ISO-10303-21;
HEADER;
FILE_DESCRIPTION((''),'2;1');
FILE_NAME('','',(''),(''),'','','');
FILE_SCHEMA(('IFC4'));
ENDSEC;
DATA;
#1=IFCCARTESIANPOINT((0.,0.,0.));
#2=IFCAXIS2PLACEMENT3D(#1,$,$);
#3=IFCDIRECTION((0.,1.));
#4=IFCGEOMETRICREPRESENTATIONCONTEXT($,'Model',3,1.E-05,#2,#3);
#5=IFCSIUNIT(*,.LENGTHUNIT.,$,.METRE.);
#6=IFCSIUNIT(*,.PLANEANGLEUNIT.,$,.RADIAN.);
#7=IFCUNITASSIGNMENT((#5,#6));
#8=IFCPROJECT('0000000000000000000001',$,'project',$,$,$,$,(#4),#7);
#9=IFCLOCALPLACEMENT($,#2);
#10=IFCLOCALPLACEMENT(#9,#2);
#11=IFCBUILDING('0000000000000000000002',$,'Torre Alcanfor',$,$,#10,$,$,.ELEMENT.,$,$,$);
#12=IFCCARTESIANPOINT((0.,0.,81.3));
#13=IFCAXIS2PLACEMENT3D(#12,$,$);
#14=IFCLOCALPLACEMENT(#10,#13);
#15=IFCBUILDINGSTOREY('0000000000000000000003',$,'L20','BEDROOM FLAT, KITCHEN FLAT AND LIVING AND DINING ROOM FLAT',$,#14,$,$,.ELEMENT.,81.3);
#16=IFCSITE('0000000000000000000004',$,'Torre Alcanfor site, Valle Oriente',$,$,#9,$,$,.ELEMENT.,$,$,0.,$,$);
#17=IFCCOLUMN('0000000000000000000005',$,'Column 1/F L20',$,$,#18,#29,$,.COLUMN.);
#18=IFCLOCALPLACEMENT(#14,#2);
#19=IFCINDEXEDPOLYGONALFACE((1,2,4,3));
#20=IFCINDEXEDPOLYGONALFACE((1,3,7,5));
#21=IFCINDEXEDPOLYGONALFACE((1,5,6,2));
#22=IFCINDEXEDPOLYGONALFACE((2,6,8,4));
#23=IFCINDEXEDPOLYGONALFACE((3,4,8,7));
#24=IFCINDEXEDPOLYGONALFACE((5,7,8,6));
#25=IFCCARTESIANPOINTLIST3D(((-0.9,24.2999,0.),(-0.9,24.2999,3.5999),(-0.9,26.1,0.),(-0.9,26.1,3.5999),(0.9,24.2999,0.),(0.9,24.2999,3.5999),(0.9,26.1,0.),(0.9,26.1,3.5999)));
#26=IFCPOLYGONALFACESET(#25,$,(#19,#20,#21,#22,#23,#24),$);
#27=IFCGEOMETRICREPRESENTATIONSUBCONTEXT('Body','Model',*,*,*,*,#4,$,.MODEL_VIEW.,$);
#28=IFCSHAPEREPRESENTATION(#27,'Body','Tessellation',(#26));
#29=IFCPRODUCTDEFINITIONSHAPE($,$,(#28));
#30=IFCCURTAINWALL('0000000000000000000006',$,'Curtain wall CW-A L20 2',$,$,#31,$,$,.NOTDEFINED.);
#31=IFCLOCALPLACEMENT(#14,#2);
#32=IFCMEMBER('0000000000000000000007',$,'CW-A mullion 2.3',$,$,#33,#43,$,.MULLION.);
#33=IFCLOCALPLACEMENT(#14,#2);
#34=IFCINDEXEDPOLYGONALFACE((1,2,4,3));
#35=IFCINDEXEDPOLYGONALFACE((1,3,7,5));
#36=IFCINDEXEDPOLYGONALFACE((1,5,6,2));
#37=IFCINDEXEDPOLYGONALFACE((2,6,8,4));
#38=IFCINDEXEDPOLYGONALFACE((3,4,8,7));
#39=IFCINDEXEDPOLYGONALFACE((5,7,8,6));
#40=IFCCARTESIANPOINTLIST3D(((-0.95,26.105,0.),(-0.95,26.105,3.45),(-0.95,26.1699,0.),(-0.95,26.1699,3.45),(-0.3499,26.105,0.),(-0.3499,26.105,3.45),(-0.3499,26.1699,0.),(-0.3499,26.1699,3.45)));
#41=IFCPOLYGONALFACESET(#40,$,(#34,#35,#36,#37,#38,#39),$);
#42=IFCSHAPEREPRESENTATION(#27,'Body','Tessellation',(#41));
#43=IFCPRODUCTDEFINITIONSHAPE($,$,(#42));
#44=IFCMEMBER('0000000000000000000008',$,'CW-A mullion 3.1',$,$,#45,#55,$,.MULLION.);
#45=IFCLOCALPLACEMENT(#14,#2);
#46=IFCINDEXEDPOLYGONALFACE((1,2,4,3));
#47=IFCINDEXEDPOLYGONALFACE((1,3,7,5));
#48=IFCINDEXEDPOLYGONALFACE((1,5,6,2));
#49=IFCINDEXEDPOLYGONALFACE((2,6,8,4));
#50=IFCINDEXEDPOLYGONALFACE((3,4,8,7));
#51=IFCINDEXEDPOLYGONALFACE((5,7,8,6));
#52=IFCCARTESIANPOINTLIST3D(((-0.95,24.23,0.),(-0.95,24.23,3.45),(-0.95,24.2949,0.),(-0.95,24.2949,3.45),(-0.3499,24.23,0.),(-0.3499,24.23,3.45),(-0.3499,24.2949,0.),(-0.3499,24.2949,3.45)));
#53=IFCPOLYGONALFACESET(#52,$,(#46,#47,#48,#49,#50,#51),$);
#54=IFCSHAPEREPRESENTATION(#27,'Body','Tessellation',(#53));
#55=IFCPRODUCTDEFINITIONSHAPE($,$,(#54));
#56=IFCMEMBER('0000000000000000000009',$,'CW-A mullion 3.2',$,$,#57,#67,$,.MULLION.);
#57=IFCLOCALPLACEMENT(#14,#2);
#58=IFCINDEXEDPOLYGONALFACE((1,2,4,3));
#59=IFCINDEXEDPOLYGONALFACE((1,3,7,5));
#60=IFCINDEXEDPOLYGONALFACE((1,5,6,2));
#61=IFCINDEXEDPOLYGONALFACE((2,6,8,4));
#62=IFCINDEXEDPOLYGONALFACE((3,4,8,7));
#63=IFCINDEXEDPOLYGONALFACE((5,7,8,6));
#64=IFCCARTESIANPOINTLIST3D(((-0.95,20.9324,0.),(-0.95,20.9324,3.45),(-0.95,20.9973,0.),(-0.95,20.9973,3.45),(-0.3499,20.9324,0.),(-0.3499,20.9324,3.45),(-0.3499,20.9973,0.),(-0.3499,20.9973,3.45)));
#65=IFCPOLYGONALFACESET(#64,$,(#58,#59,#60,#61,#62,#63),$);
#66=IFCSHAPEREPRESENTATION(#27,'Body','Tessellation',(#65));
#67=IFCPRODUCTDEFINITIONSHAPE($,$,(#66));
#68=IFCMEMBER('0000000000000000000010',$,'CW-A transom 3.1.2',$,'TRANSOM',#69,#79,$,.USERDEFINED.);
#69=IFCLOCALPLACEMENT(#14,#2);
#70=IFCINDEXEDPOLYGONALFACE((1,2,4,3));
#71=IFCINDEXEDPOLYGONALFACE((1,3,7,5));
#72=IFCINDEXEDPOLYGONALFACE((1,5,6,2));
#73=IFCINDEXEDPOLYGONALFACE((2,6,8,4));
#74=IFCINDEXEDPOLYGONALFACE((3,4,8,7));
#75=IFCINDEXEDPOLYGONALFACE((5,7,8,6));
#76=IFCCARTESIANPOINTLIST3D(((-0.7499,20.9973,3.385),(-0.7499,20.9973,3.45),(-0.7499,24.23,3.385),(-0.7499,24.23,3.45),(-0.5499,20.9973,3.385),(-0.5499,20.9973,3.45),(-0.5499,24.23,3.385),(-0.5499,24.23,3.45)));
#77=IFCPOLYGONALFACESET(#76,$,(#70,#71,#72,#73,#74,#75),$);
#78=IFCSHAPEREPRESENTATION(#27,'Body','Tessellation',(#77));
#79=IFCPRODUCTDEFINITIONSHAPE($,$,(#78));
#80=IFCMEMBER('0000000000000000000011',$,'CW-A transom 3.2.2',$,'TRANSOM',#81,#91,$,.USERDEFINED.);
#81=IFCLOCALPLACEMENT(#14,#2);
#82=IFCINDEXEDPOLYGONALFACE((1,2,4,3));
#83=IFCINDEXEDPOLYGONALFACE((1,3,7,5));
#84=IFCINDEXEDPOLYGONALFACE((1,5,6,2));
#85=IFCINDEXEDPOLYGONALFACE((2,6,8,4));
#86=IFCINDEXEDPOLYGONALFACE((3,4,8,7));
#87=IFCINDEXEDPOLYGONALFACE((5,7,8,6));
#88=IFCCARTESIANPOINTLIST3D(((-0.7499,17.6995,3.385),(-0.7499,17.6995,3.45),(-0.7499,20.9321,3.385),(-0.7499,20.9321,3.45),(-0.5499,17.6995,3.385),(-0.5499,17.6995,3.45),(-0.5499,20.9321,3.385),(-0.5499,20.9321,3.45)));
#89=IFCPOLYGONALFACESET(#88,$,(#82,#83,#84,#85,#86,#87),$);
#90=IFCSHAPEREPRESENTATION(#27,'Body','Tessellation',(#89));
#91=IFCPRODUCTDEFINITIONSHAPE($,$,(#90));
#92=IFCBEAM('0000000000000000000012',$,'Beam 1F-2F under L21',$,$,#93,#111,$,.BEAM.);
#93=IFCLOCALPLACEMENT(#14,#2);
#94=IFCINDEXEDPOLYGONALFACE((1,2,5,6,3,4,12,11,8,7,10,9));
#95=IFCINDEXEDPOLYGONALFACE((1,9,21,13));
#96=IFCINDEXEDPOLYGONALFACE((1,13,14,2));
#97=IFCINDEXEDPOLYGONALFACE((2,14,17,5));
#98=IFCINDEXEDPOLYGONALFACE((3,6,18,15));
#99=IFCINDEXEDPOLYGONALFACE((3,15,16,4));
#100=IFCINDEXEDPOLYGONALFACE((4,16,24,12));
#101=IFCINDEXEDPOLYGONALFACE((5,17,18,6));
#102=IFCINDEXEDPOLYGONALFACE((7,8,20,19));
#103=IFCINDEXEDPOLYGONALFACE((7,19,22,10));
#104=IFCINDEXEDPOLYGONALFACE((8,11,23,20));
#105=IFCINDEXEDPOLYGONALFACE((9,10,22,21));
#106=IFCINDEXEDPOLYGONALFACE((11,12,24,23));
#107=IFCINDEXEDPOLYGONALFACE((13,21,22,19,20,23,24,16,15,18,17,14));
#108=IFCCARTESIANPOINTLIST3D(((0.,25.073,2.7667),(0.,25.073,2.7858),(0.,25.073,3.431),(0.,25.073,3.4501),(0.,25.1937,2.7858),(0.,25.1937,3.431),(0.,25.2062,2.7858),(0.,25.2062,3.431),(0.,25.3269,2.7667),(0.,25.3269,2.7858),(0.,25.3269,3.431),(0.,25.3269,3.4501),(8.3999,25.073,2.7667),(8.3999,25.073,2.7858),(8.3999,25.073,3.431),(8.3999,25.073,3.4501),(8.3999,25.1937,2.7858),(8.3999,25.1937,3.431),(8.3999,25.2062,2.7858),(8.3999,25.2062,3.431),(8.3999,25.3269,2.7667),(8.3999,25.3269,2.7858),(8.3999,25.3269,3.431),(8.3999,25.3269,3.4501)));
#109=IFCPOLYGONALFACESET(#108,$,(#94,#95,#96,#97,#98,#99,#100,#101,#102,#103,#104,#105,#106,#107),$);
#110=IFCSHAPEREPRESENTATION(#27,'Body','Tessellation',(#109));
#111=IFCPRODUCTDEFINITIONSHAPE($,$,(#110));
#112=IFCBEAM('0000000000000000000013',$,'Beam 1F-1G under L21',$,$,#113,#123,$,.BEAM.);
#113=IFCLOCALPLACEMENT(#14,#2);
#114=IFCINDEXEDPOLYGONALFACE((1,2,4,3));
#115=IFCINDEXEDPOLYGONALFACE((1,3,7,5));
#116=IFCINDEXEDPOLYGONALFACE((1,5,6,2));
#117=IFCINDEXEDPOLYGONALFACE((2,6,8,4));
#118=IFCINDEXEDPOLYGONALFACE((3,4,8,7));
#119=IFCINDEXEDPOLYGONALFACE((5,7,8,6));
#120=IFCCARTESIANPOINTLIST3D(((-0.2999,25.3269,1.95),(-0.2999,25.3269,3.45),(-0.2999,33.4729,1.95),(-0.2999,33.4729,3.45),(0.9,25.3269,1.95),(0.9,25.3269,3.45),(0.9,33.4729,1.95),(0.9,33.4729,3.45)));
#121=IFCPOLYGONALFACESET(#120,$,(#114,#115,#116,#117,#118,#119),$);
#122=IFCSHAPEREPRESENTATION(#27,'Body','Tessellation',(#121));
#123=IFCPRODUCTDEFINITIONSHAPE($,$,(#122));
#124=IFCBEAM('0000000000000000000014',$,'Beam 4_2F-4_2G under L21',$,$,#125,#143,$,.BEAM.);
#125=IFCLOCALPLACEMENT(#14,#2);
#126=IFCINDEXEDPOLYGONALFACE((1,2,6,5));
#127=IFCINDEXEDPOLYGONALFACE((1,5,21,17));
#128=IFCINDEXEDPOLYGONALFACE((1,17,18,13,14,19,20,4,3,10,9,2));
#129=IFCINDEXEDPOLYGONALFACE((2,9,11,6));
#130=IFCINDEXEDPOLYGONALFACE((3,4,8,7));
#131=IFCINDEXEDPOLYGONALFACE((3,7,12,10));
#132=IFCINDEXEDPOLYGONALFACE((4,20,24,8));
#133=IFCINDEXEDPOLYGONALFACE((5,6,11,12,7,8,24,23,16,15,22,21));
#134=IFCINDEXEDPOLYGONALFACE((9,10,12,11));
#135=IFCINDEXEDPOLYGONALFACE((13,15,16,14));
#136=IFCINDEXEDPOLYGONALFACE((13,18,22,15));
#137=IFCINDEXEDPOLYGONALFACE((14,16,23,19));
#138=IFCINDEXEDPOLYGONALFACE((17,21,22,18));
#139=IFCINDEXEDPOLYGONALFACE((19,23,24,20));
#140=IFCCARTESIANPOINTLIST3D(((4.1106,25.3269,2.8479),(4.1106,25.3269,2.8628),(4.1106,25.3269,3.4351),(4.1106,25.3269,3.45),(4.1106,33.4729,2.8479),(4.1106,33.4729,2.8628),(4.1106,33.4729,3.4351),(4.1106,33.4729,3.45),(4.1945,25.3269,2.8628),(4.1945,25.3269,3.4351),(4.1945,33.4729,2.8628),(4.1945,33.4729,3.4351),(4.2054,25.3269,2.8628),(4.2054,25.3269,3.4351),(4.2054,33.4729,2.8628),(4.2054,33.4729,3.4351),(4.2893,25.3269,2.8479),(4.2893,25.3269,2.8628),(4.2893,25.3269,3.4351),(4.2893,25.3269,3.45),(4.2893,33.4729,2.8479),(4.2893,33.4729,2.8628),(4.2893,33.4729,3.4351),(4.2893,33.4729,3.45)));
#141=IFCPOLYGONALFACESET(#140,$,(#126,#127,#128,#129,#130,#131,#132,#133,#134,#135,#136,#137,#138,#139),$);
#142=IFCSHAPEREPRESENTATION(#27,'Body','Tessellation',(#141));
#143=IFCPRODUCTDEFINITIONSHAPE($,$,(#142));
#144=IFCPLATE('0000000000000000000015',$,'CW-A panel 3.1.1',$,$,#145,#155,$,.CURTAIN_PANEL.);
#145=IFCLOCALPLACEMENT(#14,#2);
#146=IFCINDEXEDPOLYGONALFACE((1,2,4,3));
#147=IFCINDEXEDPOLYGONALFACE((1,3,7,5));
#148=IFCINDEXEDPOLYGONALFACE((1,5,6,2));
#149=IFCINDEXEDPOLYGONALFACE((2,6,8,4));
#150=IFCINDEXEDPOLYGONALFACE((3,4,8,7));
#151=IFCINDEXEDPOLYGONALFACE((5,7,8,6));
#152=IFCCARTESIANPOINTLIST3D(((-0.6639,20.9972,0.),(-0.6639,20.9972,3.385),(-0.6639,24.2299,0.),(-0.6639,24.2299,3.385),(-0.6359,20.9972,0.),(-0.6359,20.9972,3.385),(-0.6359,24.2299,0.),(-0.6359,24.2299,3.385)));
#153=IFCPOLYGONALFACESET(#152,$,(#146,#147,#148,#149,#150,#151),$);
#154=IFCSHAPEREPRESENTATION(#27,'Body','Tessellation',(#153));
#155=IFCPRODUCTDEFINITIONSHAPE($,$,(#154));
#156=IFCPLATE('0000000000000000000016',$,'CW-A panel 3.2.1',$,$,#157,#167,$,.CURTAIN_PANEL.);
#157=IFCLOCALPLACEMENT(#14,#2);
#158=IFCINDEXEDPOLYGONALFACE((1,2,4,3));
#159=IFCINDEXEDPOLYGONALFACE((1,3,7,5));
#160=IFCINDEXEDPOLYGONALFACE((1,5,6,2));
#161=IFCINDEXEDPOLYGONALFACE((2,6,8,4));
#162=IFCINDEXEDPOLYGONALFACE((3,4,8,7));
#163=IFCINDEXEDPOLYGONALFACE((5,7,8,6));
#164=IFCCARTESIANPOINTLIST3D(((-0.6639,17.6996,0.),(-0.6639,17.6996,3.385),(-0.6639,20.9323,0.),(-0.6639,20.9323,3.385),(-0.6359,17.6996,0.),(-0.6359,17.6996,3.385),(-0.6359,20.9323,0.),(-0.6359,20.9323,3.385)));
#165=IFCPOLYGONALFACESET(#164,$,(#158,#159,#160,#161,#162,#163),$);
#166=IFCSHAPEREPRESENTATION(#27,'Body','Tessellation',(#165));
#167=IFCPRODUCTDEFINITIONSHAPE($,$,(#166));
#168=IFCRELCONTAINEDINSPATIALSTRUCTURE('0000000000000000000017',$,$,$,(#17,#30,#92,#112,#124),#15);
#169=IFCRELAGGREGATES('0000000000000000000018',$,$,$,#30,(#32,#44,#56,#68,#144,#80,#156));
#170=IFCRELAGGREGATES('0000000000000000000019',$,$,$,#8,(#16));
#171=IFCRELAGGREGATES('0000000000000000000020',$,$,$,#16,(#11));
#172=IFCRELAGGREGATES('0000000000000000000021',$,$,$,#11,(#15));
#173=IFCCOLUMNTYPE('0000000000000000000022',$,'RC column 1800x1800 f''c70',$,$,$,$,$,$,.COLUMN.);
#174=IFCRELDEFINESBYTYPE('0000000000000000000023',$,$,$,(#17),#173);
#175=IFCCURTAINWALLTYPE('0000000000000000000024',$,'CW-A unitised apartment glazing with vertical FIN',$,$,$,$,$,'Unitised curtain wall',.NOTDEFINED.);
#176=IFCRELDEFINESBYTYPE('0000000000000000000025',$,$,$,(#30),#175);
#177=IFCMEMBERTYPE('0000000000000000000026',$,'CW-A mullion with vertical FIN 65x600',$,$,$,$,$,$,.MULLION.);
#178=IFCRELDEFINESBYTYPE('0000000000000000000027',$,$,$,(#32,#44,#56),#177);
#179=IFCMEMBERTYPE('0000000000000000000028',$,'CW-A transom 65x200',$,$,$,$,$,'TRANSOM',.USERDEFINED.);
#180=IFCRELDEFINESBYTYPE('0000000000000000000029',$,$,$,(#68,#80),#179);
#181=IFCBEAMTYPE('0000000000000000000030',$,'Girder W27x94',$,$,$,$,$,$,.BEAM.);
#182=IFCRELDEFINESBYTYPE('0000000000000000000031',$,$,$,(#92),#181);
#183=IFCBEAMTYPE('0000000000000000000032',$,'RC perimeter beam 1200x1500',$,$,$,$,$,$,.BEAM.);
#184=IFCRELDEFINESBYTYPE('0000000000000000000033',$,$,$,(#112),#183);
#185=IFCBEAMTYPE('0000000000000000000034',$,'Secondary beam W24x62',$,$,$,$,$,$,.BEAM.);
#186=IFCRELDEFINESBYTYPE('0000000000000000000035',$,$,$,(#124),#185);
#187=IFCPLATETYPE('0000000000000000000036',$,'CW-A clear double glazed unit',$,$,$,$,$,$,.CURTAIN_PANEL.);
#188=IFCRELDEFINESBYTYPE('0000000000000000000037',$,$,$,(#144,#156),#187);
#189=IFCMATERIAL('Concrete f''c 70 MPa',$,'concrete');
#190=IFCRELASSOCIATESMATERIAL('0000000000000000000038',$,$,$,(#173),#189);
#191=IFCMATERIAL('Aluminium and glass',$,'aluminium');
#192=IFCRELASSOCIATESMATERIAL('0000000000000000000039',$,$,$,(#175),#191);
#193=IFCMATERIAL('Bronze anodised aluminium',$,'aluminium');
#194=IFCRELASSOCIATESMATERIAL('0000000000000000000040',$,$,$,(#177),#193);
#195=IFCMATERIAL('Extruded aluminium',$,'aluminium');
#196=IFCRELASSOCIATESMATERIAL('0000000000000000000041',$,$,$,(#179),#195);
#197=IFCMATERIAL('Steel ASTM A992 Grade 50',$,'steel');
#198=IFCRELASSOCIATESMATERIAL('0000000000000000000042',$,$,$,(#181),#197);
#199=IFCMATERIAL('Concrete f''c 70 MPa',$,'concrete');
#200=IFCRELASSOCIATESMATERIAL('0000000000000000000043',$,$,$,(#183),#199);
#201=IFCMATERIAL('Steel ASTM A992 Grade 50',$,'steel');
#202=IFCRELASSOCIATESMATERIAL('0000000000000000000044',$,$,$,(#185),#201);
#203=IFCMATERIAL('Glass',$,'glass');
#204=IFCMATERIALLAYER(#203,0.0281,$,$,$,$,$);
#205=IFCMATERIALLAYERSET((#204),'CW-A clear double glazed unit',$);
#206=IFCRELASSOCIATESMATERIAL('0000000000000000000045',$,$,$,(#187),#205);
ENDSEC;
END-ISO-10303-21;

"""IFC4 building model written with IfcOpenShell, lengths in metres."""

from ifc_helpers import new_model, si_unit, direction, frame, origin, origin_2d, place, context, subcontext, project, spatial, rectangle, i_section, extrude, material, layer, layer_set, material_profile, profile_set, type_object, element, aggregate, save


model = new_model("IFC4")

# Units and contexts
model_context = context("Model", 3, precision=1e-05, world=origin(), true_north=direction((0.0, 1.0)))
body_context = subcontext(model_context, "Body", "Model", "MODEL_VIEW")
ifc_project = project(units=[si_unit("LENGTHUNIT", "METRE"), si_unit("PLANEANGLEUNIT", "RADIAN")], contexts=[model_context])

# Site, building, storey
site_placement = place(None, origin())
site = spatial("IfcSite", under=ifc_project, at=site_placement, Name="Torre Alcanfor site, Valle Oriente", CompositionType="ELEMENT", RefElevation=0.0)
building_placement = place(site_placement, origin())
building = spatial("IfcBuilding", under=site, at=building_placement, Name="Torre Alcanfor", CompositionType="ELEMENT")
storey_placement = place(building_placement, frame((0.0, 0.0, 81.3)))
storey = spatial("IfcBuildingStorey", under=building, at=storey_placement, Name="L20", Description="BEDROOM FLAT, KITCHEN FLAT AND LIVING AND DINING ROOM FLAT", CompositionType="ELEMENT", Elevation=81.3)

# Column
ifc_material_1 = material(Name="Concrete f'c 70 MPa", Category="concrete")
ifc_material_profile_1 = material_profile(ifc_material_1, rectangle(XDim=1.8, YDim=1.8, at=origin_2d()), Name="1800x1800")
ifc_profile_set_1 = profile_set([ifc_material_profile_1], Name="Concrete f'c 70 MPa")
column_type = type_object("IfcColumnType", Name="RC column 1800x1800 f'c70", PredefinedType="COLUMN", material=ifc_profile_set_1)
column_placement = place(storey_placement, frame((0.0, 25.2, 0.0), z_axis=(0.0, 0.0, 1.0), x_axis=(1.0, 0.0, 0.0)))
element("IfcColumn", 1, at=column_placement, inside=storey, type_object=column_type, Name="Column 1/F L20", PredefinedType="COLUMN", context=body_context, shape_type="SweptSolid", body=[
    extrude(rectangle(XDim=1.8, YDim=1.8, at=origin_2d()), origin(), (0.0, 0.0, 1.0), 3.5999),
])

# Curtain wall, members
ifc_material_2 = material(Name="Aluminium and glass", Category="aluminium")
curtain_wall_type = type_object("IfcCurtainWallType", Name="CW-A unitised apartment glazing with vertical FIN", ElementType="Unitised curtain wall", PredefinedType="NOTDEFINED", material=ifc_material_2)
curtain_wall_placement = place(storey_placement, origin())
curtain_wall = element("IfcCurtainWall", 2, at=curtain_wall_placement, inside=storey, type_object=curtain_wall_type, Name="Curtain wall CW-A L20 2", PredefinedType="NOTDEFINED")
ifc_material_3 = material(Name="Bronze anodised aluminium", Category="aluminium")
ifc_material_profile_2 = material_profile(ifc_material_3, rectangle(XDim=0.6001, YDim=0.0649, at=origin_2d()), Name="CW-A mullion 65x600")
ifc_profile_set_2 = profile_set([ifc_material_profile_2], Name="Bronze anodised aluminium")
member_type_1 = type_object("IfcMemberType", Name="CW-A mullion with vertical FIN 65x600", PredefinedType="MULLION", material=ifc_profile_set_2)
member_1_placement = place(storey_placement, frame((-0.6499, 26.1375, 0.0), z_axis=(0.0, 0.0, 1.0), x_axis=(1.0, 0.0, 0.0)))
member_1 = element("IfcMember", 3, at=member_1_placement, type_object=member_type_1, Name="CW-A mullion 2.3", PredefinedType="MULLION", context=body_context, shape_type="SweptSolid", body=[
    extrude(rectangle(XDim=0.6001, YDim=0.0649, at=origin_2d()), origin(), (0.0, 0.0, 1.0), 3.45),
])
member_2_placement = place(storey_placement, frame((-0.6499, 24.2625, 0.0), z_axis=(0.0, 0.0, 1.0), x_axis=(1.0, 0.0, 0.0)))
member_2 = element("IfcMember", 4, at=member_2_placement, type_object=member_type_1, Name="CW-A mullion 3.1", PredefinedType="MULLION", context=body_context, shape_type="SweptSolid", body=[
    extrude(rectangle(XDim=0.6001, YDim=0.0649, at=origin_2d()), origin(), (0.0, 0.0, 1.0), 3.45),
])
member_3_placement = place(storey_placement, frame((-0.6499, 20.9648, 0.0), z_axis=(0.0, 0.0, 1.0), x_axis=(1.0, 0.0, 0.0)))
member_3 = element("IfcMember", 5, at=member_3_placement, type_object=member_type_1, Name="CW-A mullion 3.2", PredefinedType="MULLION", context=body_context, shape_type="SweptSolid", body=[
    extrude(rectangle(XDim=0.6001, YDim=0.0649, at=origin_2d()), origin(), (0.0, 0.0, 1.0), 3.45),
])
ifc_material_4 = material(Name="Extruded aluminium", Category="aluminium")
ifc_material_profile_3 = material_profile(ifc_material_4, rectangle(XDim=0.2, YDim=0.0649, at=origin_2d()), Name="CW-A transom 200x65")
ifc_profile_set_3 = profile_set([ifc_material_profile_3], Name="Extruded aluminium")
member_type_2 = type_object("IfcMemberType", Name="CW-A transom 65x200", ElementType="TRANSOM", PredefinedType="USERDEFINED", material=ifc_profile_set_3)
member_4_placement = place(storey_placement, frame((-0.6499, 24.23, 3.4175), z_axis=(0.0, -1.0, 0.0), x_axis=(1.0, 0.0, 0.0)))
member_4 = element("IfcMember", 6, at=member_4_placement, type_object=member_type_2, Name="CW-A transom 3.1.2", ObjectType="TRANSOM", PredefinedType="USERDEFINED", context=body_context, shape_type="SweptSolid", body=[
    extrude(rectangle(XDim=0.2, YDim=0.0649, at=origin_2d()), origin(), (0.0, 0.0, 1.0), 3.2327),
])
member_5_placement = place(storey_placement, frame((-0.6499, 20.9321, 3.4175), z_axis=(0.0, -1.0, 0.0), x_axis=(1.0, 0.0, 0.0)))
member_5 = element("IfcMember", 7, at=member_5_placement, type_object=member_type_2, Name="CW-A transom 3.2.2", ObjectType="TRANSOM", PredefinedType="USERDEFINED", context=body_context, shape_type="SweptSolid", body=[
    extrude(rectangle(XDim=0.2, YDim=0.0649, at=origin_2d()), origin(), (0.0, 0.0, 1.0), 3.2327),
])

# Beams
ifc_material_5 = material(Name="Steel ASTM A992 Grade 50", Category="steel")
ifc_material_profile_4 = material_profile(ifc_material_5, i_section(OverallWidth=0.2539, OverallDepth=0.6833, WebThickness=0.0125, FlangeThickness=0.019, at=origin_2d()), Name="W27x94")
ifc_profile_set_4 = profile_set([ifc_material_profile_4], Name="Steel ASTM A992 Grade 50")
beam_type_1 = type_object("IfcBeamType", Name="Girder W27x94", PredefinedType="BEAM", material=ifc_profile_set_4)
beam_1_placement = place(storey_placement, frame((0.0, 25.2, 3.1084), z_axis=(1.0, 0.0, 0.0), x_axis=(0.0, 1.0, 0.0)))
element("IfcBeam", 8, at=beam_1_placement, inside=storey, type_object=beam_type_1, Name="Beam 1F-2F under L21", PredefinedType="BEAM", context=body_context, shape_type="SweptSolid", body=[
    extrude(i_section(OverallWidth=0.2539, OverallDepth=0.6833, WebThickness=0.0125, FlangeThickness=0.019, at=origin_2d()), origin(), (0.0, 0.0, 1.0), 8.3999),
])
ifc_material_6 = material(Name="Concrete f'c 70 MPa", Category="concrete")
ifc_material_profile_5 = material_profile(ifc_material_6, rectangle(XDim=1.2, YDim=1.5, at=origin_2d()), Name="1200x1500")
ifc_profile_set_5 = profile_set([ifc_material_profile_5], Name="Concrete f'c 70 MPa")
beam_type_2 = type_object("IfcBeamType", Name="RC perimeter beam 1200x1500", PredefinedType="BEAM", material=ifc_profile_set_5)
beam_2_placement = place(storey_placement, frame((0.3, 25.3269, 2.7), z_axis=(0.0, 1.0, 0.0), x_axis=(-1.0, 0.0, 0.0)))
element("IfcBeam", 9, at=beam_2_placement, inside=storey, type_object=beam_type_2, Name="Beam 1F-1G under L21", PredefinedType="BEAM", context=body_context, shape_type="SweptSolid", body=[
    extrude(rectangle(XDim=1.2, YDim=1.5, at=origin_2d()), origin(), (0.0, 0.0, 1.0), 8.146),
])
ifc_material_7 = material(Name="Steel ASTM A992 Grade 50", Category="steel")
ifc_material_profile_6 = material_profile(ifc_material_7, i_section(OverallWidth=0.1787, OverallDepth=0.6021, WebThickness=0.011, FlangeThickness=0.0149, at=origin_2d()), Name="W24x62")
ifc_profile_set_6 = profile_set([ifc_material_profile_6], Name="Steel ASTM A992 Grade 50")
beam_type_3 = type_object("IfcBeamType", Name="Secondary beam W24x62", PredefinedType="BEAM", material=ifc_profile_set_6)
beam_3_placement = place(storey_placement, frame((4.2, 25.3269, 3.1489), z_axis=(0.0, 1.0, 0.0), x_axis=(-1.0, 0.0, 0.0)))
element("IfcBeam", 10, at=beam_3_placement, inside=storey, type_object=beam_type_3, Name="Beam 4_2F-4_2G under L21", PredefinedType="BEAM", context=body_context, shape_type="SweptSolid", body=[
    extrude(i_section(OverallWidth=0.1787, OverallDepth=0.6021, WebThickness=0.011, FlangeThickness=0.0149, at=origin_2d()), origin(), (0.0, 0.0, 1.0), 8.146),
])

# Plates
ifc_material_8 = material(Name="Glass", Category="glass")
ifc_layer_1 = layer(ifc_material_8, 0.0281)
ifc_layer_set_1 = layer_set([ifc_layer_1], Name="CW-A clear double glazed unit")
plate_type = type_object("IfcPlateType", Name="CW-A clear double glazed unit", PredefinedType="CURTAIN_PANEL", material=ifc_layer_set_1)
plate_1_placement = place(storey_placement, frame((-0.6499, 22.6135, 0.0), z_axis=(0.0, 0.0, 1.0), x_axis=(0.0, -1.0, 0.0)))
plate_1 = element("IfcPlate", 11, at=plate_1_placement, type_object=plate_type, Name="CW-A panel 3.1.1", PredefinedType="CURTAIN_PANEL", context=body_context, shape_type="SweptSolid", body=[
    extrude(rectangle(XDim=3.2327, YDim=0.0281, at=origin_2d()), origin(), (0.0, 0.0, 1.0), 3.385),
])
plate_2_placement = place(storey_placement, frame((-0.6499, 19.3159, 0.0), z_axis=(0.0, 0.0, 1.0), x_axis=(0.0, -1.0, 0.0)))
plate_2 = element("IfcPlate", 12, at=plate_2_placement, type_object=plate_type, Name="CW-A panel 3.2.1", PredefinedType="CURTAIN_PANEL", context=body_context, shape_type="SweptSolid", body=[
    extrude(rectangle(XDim=3.2327, YDim=0.0281, at=origin_2d()), origin(), (0.0, 0.0, 1.0), 3.385),
])
aggregate(curtain_wall, [member_1, member_2, member_3, member_4, plate_1, member_5, plate_2])

save(model, "model.ifc")
